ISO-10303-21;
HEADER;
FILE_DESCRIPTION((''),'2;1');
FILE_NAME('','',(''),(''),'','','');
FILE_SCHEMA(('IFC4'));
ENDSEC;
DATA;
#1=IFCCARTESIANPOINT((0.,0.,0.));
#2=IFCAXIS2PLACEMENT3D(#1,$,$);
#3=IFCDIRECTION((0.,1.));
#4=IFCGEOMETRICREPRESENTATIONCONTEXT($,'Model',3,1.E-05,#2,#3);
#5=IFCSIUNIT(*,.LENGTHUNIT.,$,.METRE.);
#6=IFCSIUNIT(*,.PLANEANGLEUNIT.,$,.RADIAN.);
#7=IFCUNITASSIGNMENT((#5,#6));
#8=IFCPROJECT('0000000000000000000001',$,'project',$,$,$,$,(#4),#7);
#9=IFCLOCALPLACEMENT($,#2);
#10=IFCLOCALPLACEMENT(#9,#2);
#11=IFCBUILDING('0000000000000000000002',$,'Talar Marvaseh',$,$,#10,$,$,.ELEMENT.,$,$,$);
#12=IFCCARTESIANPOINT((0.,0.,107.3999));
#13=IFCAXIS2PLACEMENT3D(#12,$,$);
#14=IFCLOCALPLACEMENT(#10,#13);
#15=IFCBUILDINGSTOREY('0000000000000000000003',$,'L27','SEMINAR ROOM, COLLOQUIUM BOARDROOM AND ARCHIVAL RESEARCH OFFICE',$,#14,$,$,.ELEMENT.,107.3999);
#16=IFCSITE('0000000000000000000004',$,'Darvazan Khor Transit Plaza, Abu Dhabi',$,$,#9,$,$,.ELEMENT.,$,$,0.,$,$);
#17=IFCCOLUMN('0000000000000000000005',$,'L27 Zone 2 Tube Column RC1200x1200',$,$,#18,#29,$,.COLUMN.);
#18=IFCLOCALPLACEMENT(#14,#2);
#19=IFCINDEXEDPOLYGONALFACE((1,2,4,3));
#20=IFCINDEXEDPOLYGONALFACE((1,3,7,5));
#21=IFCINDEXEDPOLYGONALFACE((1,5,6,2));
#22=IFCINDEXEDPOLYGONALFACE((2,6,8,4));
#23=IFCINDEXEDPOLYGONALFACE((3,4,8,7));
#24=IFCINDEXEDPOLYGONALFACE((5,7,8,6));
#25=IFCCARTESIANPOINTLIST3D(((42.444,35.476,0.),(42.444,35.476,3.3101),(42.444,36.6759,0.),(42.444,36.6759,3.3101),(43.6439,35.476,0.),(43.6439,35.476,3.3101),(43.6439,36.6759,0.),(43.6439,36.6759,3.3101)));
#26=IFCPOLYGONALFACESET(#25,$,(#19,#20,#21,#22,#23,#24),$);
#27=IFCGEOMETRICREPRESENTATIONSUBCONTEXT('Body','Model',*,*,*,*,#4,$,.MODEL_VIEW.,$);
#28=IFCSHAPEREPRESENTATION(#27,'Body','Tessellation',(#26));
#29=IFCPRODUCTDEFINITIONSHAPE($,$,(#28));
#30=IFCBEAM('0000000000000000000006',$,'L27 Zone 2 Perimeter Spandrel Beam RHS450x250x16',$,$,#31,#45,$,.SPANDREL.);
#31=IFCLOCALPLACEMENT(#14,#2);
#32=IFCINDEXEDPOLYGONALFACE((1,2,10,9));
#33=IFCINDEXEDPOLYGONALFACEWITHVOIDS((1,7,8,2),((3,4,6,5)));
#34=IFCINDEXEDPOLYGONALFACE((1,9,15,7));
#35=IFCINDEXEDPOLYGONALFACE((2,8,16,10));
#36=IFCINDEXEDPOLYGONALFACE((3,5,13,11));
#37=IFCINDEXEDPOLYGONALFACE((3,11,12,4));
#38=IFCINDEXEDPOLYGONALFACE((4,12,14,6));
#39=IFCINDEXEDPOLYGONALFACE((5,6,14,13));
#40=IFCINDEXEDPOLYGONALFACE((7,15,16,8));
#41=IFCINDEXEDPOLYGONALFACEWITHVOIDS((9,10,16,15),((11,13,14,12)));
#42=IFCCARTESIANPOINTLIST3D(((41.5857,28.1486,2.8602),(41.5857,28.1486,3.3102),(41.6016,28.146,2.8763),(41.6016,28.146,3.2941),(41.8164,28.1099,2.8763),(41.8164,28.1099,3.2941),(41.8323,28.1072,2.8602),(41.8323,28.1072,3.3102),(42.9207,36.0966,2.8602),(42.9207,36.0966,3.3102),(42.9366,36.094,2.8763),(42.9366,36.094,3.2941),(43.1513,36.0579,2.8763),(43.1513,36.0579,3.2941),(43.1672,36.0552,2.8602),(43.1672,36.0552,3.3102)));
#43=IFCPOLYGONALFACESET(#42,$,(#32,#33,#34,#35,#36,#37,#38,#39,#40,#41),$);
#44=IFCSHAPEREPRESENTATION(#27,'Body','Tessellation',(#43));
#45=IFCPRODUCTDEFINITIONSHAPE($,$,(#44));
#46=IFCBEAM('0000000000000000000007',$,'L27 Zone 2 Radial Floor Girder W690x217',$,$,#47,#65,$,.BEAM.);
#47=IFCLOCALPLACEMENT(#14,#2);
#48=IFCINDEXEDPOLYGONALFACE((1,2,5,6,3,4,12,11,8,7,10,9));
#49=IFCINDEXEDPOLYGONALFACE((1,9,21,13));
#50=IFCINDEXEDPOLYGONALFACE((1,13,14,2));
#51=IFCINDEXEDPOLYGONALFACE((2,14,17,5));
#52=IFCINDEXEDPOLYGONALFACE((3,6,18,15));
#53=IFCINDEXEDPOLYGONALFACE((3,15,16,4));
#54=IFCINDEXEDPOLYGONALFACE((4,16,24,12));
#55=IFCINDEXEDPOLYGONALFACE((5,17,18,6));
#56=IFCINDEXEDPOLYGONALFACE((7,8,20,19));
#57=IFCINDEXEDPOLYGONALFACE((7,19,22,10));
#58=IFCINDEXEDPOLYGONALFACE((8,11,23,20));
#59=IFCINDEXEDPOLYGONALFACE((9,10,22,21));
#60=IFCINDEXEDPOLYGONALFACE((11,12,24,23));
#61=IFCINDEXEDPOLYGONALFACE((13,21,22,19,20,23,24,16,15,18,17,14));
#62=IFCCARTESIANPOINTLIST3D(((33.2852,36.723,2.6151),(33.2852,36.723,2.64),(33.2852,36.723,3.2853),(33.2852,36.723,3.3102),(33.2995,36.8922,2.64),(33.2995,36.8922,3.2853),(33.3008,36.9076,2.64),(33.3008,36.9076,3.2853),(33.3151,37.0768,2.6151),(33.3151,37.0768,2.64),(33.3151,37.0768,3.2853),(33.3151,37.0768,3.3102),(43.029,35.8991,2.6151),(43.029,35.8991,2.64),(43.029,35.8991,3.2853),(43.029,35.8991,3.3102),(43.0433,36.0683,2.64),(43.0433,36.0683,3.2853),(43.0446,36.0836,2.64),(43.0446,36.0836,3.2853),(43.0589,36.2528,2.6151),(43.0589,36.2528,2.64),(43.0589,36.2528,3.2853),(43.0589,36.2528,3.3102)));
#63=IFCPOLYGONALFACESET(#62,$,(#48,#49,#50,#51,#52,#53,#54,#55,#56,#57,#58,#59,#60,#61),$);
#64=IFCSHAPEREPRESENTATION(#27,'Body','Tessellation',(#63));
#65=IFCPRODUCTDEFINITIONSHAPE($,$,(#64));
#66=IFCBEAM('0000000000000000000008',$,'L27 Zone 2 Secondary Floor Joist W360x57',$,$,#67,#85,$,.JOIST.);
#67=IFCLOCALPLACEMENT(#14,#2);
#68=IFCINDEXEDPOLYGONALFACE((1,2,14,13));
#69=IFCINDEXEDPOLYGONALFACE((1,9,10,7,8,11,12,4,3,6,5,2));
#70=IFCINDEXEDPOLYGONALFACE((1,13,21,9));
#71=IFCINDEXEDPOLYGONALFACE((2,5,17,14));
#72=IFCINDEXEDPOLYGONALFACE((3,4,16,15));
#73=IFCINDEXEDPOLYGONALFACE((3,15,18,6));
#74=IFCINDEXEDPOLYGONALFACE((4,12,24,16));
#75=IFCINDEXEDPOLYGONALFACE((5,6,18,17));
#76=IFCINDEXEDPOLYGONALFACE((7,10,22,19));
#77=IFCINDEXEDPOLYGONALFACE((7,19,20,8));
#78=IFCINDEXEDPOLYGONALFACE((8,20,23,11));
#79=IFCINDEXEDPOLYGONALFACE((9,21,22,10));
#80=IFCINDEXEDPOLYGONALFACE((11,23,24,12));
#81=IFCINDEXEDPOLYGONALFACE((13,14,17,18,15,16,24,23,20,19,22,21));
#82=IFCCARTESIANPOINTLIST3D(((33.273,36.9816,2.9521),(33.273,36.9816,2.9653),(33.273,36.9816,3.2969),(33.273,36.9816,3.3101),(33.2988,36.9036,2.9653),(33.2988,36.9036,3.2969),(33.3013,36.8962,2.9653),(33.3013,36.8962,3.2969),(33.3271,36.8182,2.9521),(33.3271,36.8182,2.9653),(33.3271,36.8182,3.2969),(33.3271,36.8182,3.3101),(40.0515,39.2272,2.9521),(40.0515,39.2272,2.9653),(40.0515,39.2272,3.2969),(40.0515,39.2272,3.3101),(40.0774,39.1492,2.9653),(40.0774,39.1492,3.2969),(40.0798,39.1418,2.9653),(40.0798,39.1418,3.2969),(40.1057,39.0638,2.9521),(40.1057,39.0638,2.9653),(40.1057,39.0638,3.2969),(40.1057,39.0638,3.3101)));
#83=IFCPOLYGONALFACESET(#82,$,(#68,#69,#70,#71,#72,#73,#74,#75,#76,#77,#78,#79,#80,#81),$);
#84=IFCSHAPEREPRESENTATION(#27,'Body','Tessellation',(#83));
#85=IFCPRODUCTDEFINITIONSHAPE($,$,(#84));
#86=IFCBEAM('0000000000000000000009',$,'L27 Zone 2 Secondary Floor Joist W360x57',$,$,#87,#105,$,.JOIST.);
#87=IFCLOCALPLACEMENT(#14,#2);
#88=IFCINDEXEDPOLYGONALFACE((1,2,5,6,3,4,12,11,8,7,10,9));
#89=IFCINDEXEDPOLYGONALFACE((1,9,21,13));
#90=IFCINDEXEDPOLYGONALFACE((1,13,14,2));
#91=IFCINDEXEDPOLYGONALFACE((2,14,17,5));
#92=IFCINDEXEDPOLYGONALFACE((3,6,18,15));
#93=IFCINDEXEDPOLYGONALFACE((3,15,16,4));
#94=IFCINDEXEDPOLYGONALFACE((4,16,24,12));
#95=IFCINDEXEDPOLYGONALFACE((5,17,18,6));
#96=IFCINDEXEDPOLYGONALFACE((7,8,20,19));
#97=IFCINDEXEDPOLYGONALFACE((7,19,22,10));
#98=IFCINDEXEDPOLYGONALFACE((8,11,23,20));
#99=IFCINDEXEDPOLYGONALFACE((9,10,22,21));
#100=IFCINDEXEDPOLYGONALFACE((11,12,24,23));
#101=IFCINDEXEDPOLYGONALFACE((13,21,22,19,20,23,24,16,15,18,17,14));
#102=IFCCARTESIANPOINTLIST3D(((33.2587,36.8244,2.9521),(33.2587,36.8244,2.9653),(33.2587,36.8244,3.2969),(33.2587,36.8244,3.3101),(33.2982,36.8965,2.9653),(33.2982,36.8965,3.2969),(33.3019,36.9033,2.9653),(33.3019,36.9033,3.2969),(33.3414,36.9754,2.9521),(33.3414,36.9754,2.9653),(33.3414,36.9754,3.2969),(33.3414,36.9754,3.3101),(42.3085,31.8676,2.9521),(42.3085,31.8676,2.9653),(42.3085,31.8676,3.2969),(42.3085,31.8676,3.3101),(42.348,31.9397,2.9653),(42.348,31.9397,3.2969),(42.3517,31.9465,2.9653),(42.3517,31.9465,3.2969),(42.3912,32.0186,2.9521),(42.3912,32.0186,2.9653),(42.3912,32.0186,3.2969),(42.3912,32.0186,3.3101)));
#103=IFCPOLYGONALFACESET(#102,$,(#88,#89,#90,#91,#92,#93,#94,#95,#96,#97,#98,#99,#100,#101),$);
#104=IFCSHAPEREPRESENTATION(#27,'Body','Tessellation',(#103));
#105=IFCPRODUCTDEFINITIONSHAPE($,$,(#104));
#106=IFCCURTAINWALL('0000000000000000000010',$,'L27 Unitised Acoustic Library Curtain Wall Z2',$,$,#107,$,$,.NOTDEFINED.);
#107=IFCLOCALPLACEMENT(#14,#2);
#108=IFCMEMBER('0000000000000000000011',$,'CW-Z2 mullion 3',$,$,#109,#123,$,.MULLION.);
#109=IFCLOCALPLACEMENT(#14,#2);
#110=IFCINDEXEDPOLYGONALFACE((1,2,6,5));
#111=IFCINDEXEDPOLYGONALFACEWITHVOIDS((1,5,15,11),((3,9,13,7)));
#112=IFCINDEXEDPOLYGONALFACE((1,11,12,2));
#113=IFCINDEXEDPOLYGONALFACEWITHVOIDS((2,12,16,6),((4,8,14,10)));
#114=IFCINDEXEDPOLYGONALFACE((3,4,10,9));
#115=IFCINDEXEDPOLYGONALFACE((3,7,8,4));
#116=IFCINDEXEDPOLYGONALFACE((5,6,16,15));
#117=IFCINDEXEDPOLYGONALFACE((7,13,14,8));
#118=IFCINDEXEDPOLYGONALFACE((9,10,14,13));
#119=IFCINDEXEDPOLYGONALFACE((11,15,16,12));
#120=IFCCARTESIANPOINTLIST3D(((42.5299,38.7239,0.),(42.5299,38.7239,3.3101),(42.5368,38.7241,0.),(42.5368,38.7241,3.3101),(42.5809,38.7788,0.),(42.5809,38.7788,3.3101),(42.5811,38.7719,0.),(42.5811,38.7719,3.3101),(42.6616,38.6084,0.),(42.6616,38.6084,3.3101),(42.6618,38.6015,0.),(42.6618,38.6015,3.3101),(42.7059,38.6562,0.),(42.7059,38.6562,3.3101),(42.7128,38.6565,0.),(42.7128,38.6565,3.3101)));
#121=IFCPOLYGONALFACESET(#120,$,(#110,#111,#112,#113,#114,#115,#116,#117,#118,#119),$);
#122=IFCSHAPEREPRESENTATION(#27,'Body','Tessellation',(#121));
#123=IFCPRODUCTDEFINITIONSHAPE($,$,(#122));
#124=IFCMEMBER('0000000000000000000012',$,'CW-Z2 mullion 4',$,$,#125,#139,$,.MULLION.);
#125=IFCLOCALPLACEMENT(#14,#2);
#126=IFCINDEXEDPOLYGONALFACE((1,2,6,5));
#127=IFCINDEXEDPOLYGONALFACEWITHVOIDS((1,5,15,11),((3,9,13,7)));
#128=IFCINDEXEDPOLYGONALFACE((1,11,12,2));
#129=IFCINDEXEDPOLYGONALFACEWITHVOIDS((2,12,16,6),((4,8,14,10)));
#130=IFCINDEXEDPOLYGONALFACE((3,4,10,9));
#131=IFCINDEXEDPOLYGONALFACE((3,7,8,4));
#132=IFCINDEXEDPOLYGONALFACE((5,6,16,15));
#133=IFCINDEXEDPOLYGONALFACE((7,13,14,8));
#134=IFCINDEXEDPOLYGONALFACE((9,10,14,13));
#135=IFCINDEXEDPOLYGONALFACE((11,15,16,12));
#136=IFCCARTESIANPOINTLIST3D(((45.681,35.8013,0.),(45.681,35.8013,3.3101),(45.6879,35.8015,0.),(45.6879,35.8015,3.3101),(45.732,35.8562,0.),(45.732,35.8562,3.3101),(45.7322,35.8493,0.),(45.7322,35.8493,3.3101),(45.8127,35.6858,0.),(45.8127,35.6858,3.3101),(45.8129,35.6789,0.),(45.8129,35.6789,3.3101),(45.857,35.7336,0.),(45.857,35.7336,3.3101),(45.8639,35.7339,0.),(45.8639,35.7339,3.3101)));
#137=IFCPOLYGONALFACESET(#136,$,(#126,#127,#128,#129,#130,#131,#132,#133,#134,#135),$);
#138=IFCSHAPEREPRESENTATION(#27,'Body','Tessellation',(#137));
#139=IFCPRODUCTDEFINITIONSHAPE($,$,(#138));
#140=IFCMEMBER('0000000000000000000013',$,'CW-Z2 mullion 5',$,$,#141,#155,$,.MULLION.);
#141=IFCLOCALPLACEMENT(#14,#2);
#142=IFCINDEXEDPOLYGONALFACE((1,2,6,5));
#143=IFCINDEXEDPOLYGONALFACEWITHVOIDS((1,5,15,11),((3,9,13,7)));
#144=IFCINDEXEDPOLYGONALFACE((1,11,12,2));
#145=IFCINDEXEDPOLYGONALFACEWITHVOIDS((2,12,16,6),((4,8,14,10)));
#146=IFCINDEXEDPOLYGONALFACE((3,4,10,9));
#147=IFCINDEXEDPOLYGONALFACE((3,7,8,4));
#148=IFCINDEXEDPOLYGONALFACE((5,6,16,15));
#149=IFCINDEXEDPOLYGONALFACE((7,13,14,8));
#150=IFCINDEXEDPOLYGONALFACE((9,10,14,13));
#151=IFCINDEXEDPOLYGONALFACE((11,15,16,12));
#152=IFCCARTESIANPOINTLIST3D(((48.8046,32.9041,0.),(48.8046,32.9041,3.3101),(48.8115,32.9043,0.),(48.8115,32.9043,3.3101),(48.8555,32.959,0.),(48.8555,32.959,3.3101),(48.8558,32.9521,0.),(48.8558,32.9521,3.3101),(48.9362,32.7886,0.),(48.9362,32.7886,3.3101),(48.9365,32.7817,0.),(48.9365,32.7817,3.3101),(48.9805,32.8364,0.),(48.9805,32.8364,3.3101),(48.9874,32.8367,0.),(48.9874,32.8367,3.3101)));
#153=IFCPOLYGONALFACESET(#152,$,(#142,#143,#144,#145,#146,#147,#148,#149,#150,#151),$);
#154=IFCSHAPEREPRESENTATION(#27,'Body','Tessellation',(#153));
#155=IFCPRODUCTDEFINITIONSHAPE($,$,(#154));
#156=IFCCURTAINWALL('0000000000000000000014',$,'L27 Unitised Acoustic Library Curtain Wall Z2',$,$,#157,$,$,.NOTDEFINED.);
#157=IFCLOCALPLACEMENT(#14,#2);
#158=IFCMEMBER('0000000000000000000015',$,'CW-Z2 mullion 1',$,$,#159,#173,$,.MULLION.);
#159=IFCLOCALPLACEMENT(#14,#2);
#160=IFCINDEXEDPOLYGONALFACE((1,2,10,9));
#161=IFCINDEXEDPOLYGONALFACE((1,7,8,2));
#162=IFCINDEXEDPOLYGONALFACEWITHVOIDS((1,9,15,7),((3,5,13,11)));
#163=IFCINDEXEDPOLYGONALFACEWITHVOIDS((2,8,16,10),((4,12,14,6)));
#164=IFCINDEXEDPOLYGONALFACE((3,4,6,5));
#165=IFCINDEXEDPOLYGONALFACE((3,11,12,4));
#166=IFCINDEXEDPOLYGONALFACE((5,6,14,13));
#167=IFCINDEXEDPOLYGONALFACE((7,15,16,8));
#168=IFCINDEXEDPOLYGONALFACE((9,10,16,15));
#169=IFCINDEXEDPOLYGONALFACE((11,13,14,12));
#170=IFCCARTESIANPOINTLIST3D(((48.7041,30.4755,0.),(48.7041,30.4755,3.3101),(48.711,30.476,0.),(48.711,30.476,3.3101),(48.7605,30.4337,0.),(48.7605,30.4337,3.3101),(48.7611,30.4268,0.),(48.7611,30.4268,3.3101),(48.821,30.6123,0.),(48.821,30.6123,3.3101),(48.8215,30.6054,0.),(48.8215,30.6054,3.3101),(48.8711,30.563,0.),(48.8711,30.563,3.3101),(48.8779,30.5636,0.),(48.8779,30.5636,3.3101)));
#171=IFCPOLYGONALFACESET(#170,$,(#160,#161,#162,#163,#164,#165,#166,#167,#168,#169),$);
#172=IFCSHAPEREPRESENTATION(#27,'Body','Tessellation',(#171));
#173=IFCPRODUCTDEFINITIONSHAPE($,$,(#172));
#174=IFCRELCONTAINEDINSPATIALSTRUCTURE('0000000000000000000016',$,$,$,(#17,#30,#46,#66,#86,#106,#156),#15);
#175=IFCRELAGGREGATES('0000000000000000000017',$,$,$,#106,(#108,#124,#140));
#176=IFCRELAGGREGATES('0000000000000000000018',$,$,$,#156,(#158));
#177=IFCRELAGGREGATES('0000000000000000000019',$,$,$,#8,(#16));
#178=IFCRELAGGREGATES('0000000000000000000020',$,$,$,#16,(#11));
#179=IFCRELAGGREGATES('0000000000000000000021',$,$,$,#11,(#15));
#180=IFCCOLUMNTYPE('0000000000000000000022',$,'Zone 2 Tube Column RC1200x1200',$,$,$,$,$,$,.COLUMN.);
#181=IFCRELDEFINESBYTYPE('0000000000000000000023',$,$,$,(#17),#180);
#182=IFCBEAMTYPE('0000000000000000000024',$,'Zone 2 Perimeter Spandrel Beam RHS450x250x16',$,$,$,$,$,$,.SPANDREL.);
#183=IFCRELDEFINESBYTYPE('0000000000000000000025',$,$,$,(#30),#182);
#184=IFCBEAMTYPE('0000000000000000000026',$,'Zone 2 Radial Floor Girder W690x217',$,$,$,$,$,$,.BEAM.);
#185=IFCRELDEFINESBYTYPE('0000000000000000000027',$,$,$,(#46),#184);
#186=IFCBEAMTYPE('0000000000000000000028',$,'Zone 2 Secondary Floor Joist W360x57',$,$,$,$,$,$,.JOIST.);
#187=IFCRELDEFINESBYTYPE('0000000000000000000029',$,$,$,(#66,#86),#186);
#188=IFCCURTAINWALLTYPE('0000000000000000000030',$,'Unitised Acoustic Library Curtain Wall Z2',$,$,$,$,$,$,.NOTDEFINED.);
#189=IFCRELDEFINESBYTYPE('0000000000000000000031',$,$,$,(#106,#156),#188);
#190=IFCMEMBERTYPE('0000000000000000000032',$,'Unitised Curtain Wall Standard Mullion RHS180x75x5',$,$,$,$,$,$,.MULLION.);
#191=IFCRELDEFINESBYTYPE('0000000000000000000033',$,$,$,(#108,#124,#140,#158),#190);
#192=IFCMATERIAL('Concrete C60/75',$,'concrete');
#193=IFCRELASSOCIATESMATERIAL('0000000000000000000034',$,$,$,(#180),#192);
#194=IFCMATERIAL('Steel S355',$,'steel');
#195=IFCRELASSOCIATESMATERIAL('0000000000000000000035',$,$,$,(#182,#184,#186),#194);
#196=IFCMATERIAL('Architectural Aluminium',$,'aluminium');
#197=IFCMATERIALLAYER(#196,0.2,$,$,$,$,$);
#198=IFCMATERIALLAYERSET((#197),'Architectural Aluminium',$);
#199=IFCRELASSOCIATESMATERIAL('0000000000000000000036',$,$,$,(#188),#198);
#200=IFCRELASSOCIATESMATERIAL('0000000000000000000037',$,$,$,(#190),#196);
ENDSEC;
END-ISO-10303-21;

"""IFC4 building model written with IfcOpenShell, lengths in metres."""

from ifc_helpers import new_model, si_unit, direction, frame, origin, origin_2d, place, context, subcontext, project, spatial, rectangle, hollow_rectangle, i_section, extrude, source, transform, mapped, material, layer, layer_set, material_profile, profile_set, type_object, type_shapes, element, aggregate, save


model = new_model("IFC4")

# Units and contexts
model_context = context("Model", 3, precision=1e-05, world=origin(), true_north=direction((0.0, 1.0)))
body_context = subcontext(model_context, "Body", "Model", "MODEL_VIEW")
ifc_project = project(units=[si_unit("LENGTHUNIT", "METRE"), si_unit("PLANEANGLEUNIT", "RADIAN")], contexts=[model_context])

# Site, building, storey
site_placement = place(None, origin())
site = spatial("IfcSite", under=ifc_project, at=site_placement, Name="Darvazan Khor Transit Plaza, Abu Dhabi", CompositionType="ELEMENT", RefElevation=0.0)
building_placement = place(site_placement, origin())
building = spatial("IfcBuilding", under=site, at=building_placement, Name="Talar Marvaseh", CompositionType="ELEMENT")
storey_placement = place(building_placement, frame((0.0, 0.0, 107.3999)))
storey = spatial("IfcBuildingStorey", under=building, at=storey_placement, Name="L27", Description="SEMINAR ROOM, COLLOQUIUM BOARDROOM AND ARCHIVAL RESEARCH OFFICE", CompositionType="ELEMENT", Elevation=107.3999)

# Column
ifc_material_1 = material(Name="Concrete C60/75", Category="concrete")
ifc_material_profile_1 = material_profile(ifc_material_1, rectangle(XDim=1.2, YDim=1.2, at=origin_2d()), Name="RC1200x1200")
ifc_profile_set_1 = profile_set([ifc_material_profile_1], Name="Concrete C60/75")
column_type = type_object("IfcColumnType", Name="Zone 2 Tube Column RC1200x1200", PredefinedType="COLUMN", material=ifc_profile_set_1)
column_placement = place(storey_placement, frame((43.0439, 36.0759, 0.0), z_axis=(0.0, 0.0, 1.0), x_axis=(1.0, 0.0, 0.0)))
element("IfcColumn", 1, at=column_placement, inside=storey, type_object=column_type, Name="L27 Zone 2 Tube Column RC1200x1200", PredefinedType="COLUMN", context=body_context, shape_type="SweptSolid", body=[
    extrude(rectangle(XDim=1.2, YDim=1.2, at=origin_2d()), origin(), (0.0, 0.0, 1.0), 3.3101),
])

# Beams
ifc_material_2 = material(Name="Steel S355", Category="steel")
ifc_material_profile_2 = material_profile(ifc_material_2, hollow_rectangle(XDim=0.25, YDim=0.45, WallThickness=0.0161, at=origin_2d()), Name="RHS450x250x16")
ifc_profile_set_2 = profile_set([ifc_material_profile_2], Name="Steel S355")
beam_type_1 = type_object("IfcBeamType", Name="Zone 2 Perimeter Spandrel Beam RHS450x250x16", PredefinedType="SPANDREL", material=ifc_profile_set_2)
beam_1_placement = place(storey_placement, frame((43.0439, 36.0759, 3.0852), z_axis=(-0.165642, -0.986186, 0.0), x_axis=(0.986186, -0.165642, 0.0)))
element("IfcBeam", 2, at=beam_1_placement, inside=storey, type_object=beam_type_1, Name="L27 Zone 2 Perimeter Spandrel Beam RHS450x250x16", PredefinedType="SPANDREL", context=body_context, shape_type="SweptSolid", body=[
    extrude(hollow_rectangle(XDim=0.25, YDim=0.45, WallThickness=0.0161, at=origin_2d()), origin(), (0.0, 0.0, 1.0), 8.0593),
])
ifc_material_profile_3 = material_profile(ifc_material_2, i_section(OverallWidth=0.355, OverallDepth=0.6951, WebThickness=0.0154, FlangeThickness=0.0249, at=origin_2d()), Name="W690x217")
ifc_profile_set_3 = profile_set([ifc_material_profile_3], Name="Steel S355")
beam_type_2 = type_object("IfcBeamType", Name="Zone 2 Radial Floor Girder W690x217", PredefinedType="BEAM", material=ifc_profile_set_3)
beam_2_placement = place(storey_placement, frame((43.0439, 36.0759, 2.9626), z_axis=(-0.996444, 0.084262, 0.0), x_axis=(-0.084262, -0.996444, 0.0)))
element("IfcBeam", 3, at=beam_2_placement, inside=storey, type_object=beam_type_2, Name="L27 Zone 2 Radial Floor Girder W690x217", PredefinedType="BEAM", context=body_context, shape_type="SweptSolid", body=[
    extrude(i_section(OverallWidth=0.355, OverallDepth=0.6951, WebThickness=0.0154, FlangeThickness=0.0249, at=origin_2d()), origin(), (0.0, 0.0, 1.0), 9.7786),
])
ifc_material_profile_4 = material_profile(ifc_material_2, i_section(OverallWidth=0.1721, OverallDepth=0.3579, WebThickness=0.0078, FlangeThickness=0.0132, at=origin_2d()), Name="W360x57")
ifc_profile_set_4 = profile_set([ifc_material_profile_4], Name="Steel S355")
beam_type_3 = type_object("IfcBeamType", Name="Zone 2 Secondary Floor Joist W360x57", PredefinedType="JOIST", material=ifc_profile_set_4)
beam_3_placement = place(storey_placement, frame((40.0786, 39.1455, 3.1311), z_axis=(-0.949266, -0.314473, 0.0), x_axis=(0.314473, -0.949266, 0.0)))
element("IfcBeam", 4, at=beam_3_placement, inside=storey, type_object=beam_type_3, Name="L27 Zone 2 Secondary Floor Joist W360x57", PredefinedType="JOIST", context=body_context, shape_type="SweptSolid", body=[
    extrude(i_section(OverallWidth=0.1721, OverallDepth=0.3579, WebThickness=0.0078, FlangeThickness=0.0132, at=origin_2d()), origin(), (0.0, 0.0, 1.0), 7.1409),
])
beam_4_placement = place(storey_placement, frame((42.3499, 31.9431, 3.1311), z_axis=(-0.877058, 0.480385, 0.0), x_axis=(-0.480385, -0.877058, 0.0)))
element("IfcBeam", 5, at=beam_4_placement, inside=storey, type_object=beam_type_3, Name="L27 Zone 2 Secondary Floor Joist W360x57", PredefinedType="JOIST", context=body_context, shape_type="SweptSolid", body=[
    extrude(i_section(OverallWidth=0.1721, OverallDepth=0.3579, WebThickness=0.0078, FlangeThickness=0.0132, at=origin_2d()), origin(), (0.0, 0.0, 1.0), 10.3184),
])

# Curtain wall, members
ifc_material_3 = material(Name="Architectural Aluminium", Category="aluminium")
ifc_layer_1 = layer(ifc_material_3, 0.2)
ifc_layer_set_1 = layer_set([ifc_layer_1], Name="Architectural Aluminium")
curtain_wall_type = type_object("IfcCurtainWallType", Name="Unitised Acoustic Library Curtain Wall Z2", PredefinedType="NOTDEFINED", material=ifc_layer_set_1)
curtain_wall_1_placement = place(storey_placement, origin())
curtain_wall_1 = element("IfcCurtainWall", 6, at=curtain_wall_1_placement, inside=storey, type_object=curtain_wall_type, Name="L27 Unitised Acoustic Library Curtain Wall Z2", PredefinedType="NOTDEFINED")
ifc_material_profile_5 = material_profile(ifc_material_3, hollow_rectangle(XDim=0.075, YDim=0.1799, WallThickness=0.0049, at=origin_2d()), Name="RHS180x75x5")
ifc_profile_set_5 = profile_set([ifc_material_profile_5], Name="Architectural Aluminium")
member_type_1 = type_object("IfcMemberType", Name="Unitised Curtain Wall Standard Mullion RHS180x75x5", PredefinedType="MULLION", material=ifc_profile_set_5)
shared_shape_1 = source(origin(), body_context, "Body", "SweptSolid", [
    extrude(hollow_rectangle(XDim=0.075, YDim=0.1799, WallThickness=0.0049, at=origin_2d()), origin(), (0.0, 0.0, 1.0), 3.3101),
])
type_shapes(member_type_1, [shared_shape_1])
member_1_placement = place(storey_placement, frame((42.6213, 38.6902, 0.0), z_axis=(0.0, 0.0, 1.0), x_axis=(0.68003, 0.733184, 0.0)))
member_1 = element("IfcMember", 7, at=member_1_placement, type_object=member_type_1, Name="CW-Z2 mullion 3", PredefinedType="MULLION", context=body_context, shape_type="MappedRepresentation", body=[
    mapped(shared_shape_1, transform((0.0, 0.0, 0.0), x_axis=(1.0, 0.0, 0.0), y_axis=(0.0, 1.0, 0.0), z_axis=(0.0, 0.0, 1.0), scale=1.0)),
])
member_2_placement = place(storey_placement, frame((45.7725, 35.7676, 0.0), z_axis=(0.0, 0.0, 1.0), x_axis=(0.68003, 0.733184, 0.0)))
member_2 = element("IfcMember", 8, at=member_2_placement, type_object=member_type_1, Name="CW-Z2 mullion 4", PredefinedType="MULLION", context=body_context, shape_type="MappedRepresentation", body=[
    mapped(shared_shape_1, transform((0.0, 0.0, 0.0), x_axis=(1.0, 0.0, 0.0), y_axis=(0.0, 1.0, 0.0), z_axis=(0.0, 0.0, 1.0), scale=1.0)),
])
member_3_placement = place(storey_placement, frame((48.896, 32.8704, 0.0), z_axis=(0.0, 0.0, 1.0), x_axis=(0.68003, 0.733184, 0.0)))
member_3 = element("IfcMember", 9, at=member_3_placement, type_object=member_type_1, Name="CW-Z2 mullion 5", PredefinedType="MULLION", context=body_context, shape_type="MappedRepresentation", body=[
    mapped(shared_shape_1, transform((0.0, 0.0, 0.0), x_axis=(1.0, 0.0, 0.0), y_axis=(0.0, 1.0, 0.0), z_axis=(0.0, 0.0, 1.0), scale=1.0)),
])

# Curtain wall, member
curtain_wall_2_placement = place(storey_placement, origin())
curtain_wall_2 = element("IfcCurtainWall", 10, at=curtain_wall_2_placement, inside=storey, type_object=curtain_wall_type, Name="L27 Unitised Acoustic Library Curtain Wall Z2", PredefinedType="NOTDEFINED")
member_4_placement = place(storey_placement, frame((48.791, 30.5195, 0.0), z_axis=(0.0, 0.0, 1.0), x_axis=(0.760305, -0.649567, 0.0)))
member_4 = element("IfcMember", 11, at=member_4_placement, type_object=member_type_1, Name="CW-Z2 mullion 1", PredefinedType="MULLION", context=body_context, shape_type="MappedRepresentation", body=[
    mapped(shared_shape_1, transform((0.0, 0.0, 0.0), x_axis=(1.0, 0.0, 0.0), y_axis=(0.0, 1.0, 0.0), z_axis=(0.0, 0.0, 1.0), scale=1.0)),
])

aggregate(curtain_wall_1, [member_1, member_2, member_3])
aggregate(curtain_wall_2, [member_4])

save(model, "model.ifc")
